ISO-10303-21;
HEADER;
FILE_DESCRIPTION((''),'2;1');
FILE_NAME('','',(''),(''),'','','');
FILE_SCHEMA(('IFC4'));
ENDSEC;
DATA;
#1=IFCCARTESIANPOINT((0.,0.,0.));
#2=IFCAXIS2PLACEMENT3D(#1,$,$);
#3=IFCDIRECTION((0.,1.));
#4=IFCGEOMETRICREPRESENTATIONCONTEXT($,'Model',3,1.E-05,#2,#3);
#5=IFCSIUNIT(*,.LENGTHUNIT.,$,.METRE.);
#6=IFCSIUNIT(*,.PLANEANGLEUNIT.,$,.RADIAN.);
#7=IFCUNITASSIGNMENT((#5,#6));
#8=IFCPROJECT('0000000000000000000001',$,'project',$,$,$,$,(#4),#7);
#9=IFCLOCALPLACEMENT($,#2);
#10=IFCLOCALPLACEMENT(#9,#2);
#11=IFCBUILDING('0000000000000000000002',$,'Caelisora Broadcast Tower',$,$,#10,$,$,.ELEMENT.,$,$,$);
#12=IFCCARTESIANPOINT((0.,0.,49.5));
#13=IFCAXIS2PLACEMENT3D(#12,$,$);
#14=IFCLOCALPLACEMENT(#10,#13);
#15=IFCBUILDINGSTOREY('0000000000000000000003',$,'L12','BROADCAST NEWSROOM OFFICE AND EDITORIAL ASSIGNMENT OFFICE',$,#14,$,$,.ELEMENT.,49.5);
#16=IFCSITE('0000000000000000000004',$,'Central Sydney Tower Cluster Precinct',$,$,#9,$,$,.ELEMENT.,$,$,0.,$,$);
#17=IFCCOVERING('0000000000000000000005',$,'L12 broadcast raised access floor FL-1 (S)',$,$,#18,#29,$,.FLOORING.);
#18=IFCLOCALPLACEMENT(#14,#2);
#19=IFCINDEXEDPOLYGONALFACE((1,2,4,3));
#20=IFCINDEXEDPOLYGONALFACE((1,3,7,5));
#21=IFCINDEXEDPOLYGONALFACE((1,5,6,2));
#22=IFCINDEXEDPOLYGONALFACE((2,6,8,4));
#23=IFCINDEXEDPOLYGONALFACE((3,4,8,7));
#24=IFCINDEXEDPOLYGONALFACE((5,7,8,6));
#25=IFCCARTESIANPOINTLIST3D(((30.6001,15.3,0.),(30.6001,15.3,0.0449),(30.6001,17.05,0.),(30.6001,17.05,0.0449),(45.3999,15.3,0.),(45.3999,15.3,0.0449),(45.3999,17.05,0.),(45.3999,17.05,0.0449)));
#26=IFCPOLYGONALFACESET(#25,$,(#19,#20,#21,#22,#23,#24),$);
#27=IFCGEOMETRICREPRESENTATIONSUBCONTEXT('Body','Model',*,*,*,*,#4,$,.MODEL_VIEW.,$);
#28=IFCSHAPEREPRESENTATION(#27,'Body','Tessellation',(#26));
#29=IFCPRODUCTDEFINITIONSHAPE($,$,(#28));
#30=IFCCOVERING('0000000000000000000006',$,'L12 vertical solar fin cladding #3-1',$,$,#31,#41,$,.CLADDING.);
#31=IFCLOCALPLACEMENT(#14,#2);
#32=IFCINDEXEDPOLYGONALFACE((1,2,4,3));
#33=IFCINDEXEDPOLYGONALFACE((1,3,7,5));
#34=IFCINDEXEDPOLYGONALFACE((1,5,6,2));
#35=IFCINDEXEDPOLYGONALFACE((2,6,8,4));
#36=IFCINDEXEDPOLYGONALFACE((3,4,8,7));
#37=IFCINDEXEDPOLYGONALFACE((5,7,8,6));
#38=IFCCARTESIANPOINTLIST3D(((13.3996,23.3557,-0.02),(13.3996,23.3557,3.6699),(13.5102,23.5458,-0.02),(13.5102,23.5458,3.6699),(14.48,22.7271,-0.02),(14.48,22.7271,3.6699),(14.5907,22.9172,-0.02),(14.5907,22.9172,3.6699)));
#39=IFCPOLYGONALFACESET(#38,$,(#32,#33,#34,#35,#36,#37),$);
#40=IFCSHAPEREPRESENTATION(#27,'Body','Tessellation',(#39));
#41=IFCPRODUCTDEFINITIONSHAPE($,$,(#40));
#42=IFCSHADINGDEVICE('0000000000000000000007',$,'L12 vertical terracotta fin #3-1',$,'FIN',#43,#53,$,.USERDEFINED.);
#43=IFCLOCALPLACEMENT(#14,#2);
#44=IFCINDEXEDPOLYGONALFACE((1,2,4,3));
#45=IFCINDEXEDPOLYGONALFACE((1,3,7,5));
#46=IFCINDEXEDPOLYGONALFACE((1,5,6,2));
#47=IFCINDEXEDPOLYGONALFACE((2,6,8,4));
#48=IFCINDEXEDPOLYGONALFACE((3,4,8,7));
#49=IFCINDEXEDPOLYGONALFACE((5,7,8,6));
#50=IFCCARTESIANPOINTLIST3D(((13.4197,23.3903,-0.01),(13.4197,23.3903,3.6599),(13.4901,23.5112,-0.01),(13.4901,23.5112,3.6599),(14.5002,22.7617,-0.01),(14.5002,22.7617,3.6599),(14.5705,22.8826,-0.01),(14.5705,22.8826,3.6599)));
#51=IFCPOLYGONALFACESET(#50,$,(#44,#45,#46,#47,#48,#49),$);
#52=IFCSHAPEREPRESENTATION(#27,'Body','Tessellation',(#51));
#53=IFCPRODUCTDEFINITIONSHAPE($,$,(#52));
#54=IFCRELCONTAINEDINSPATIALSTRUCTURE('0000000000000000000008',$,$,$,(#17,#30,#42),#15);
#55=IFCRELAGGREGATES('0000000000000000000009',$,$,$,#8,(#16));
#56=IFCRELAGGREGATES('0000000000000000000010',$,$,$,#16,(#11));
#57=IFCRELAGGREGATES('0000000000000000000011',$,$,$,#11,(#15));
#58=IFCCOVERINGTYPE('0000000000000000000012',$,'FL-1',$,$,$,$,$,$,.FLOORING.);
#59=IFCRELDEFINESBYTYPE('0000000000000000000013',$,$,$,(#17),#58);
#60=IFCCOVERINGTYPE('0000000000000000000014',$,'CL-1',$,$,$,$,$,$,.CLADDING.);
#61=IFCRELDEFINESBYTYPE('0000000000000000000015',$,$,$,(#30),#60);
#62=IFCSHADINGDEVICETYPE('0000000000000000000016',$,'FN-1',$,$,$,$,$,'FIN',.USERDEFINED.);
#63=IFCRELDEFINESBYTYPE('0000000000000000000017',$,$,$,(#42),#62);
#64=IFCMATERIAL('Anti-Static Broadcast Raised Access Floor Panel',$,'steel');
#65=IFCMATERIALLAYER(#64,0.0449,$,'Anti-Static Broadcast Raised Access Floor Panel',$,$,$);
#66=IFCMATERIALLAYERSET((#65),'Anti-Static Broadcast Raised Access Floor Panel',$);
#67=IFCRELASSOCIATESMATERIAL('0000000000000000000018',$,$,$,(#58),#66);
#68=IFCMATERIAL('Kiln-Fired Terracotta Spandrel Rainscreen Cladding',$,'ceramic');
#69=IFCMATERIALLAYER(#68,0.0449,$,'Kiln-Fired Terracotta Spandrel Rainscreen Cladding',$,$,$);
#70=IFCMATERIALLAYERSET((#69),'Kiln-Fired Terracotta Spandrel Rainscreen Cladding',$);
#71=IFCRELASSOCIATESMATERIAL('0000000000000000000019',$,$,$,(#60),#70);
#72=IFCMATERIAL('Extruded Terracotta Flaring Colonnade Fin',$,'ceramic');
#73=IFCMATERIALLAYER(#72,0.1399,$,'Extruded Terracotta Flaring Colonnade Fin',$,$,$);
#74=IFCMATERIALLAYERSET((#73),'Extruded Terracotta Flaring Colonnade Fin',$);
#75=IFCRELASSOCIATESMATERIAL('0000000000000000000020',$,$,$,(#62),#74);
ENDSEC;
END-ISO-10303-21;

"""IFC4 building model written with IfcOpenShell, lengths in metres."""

from ifc_helpers import new_model, si_unit, direction, frame, origin, origin_2d, place, context, subcontext, project, spatial, polyline, rectangle, outline, extrude, source, transform, mapped, material, layer, layer_set, type_object, type_shapes, element, save


model = new_model("IFC4")

# Units and contexts
model_context = context("Model", 3, precision=1e-05, world=origin(), true_north=direction((0.0, 1.0)))
body_context = subcontext(model_context, "Body", "Model", "MODEL_VIEW")
ifc_project = project(units=[si_unit("LENGTHUNIT", "METRE"), si_unit("PLANEANGLEUNIT", "RADIAN")], contexts=[model_context])

# Site, building, storey
site_placement = place(None, origin())
site = spatial("IfcSite", under=ifc_project, at=site_placement, Name="Central Sydney Tower Cluster Precinct", CompositionType="ELEMENT", RefElevation=0.0)
building_placement = place(site_placement, origin())
building = spatial("IfcBuilding", under=site, at=building_placement, Name="Caelisora Broadcast Tower", CompositionType="ELEMENT")
storey_placement = place(building_placement, frame((0.0, 0.0, 49.5)))
storey = spatial("IfcBuildingStorey", under=building, at=storey_placement, Name="L12", Description="BROADCAST NEWSROOM OFFICE AND EDITORIAL ASSIGNMENT OFFICE", CompositionType="ELEMENT", Elevation=49.5)

# Coverings
ifc_material_1 = material(Name="Anti-Static Broadcast Raised Access Floor Panel", Category="steel")
ifc_layer_1 = layer(ifc_material_1, 0.0449, Name="Anti-Static Broadcast Raised Access Floor Panel")
ifc_layer_set_1 = layer_set([ifc_layer_1], Name="Anti-Static Broadcast Raised Access Floor Panel")
covering_type_1 = type_object("IfcCoveringType", Name="FL-1", PredefinedType="FLOORING", material=ifc_layer_set_1)
covering_1_placement = place(storey_placement, origin())
element("IfcCovering", 1, at=covering_1_placement, inside=storey, type_object=covering_type_1, Name="L12 broadcast raised access floor FL-1 (S)", PredefinedType="FLOORING", context=body_context, shape_type="SweptSolid", body=[
    extrude(outline(polyline([(30.6001, 15.3), (45.3999, 15.3), (45.3999, 17.05), (30.6001, 17.05), (30.6001, 15.3)])), origin(), (0.0, 0.0, 1.0), 0.0449),
])
ifc_material_2 = material(Name="Kiln-Fired Terracotta Spandrel Rainscreen Cladding", Category="ceramic")
ifc_layer_2 = layer(ifc_material_2, 0.0449, Name="Kiln-Fired Terracotta Spandrel Rainscreen Cladding")
ifc_layer_set_2 = layer_set([ifc_layer_2], Name="Kiln-Fired Terracotta Spandrel Rainscreen Cladding")
covering_type_2 = type_object("IfcCoveringType", Name="CL-1", PredefinedType="CLADDING", material=ifc_layer_set_2)
shared_shape_1 = source(origin(), body_context, "Body", "SweptSolid", [
    extrude(rectangle(XDim=0.22, YDim=1.25, at=origin_2d()), origin(), (0.0, 0.0, 1.0), 3.6899),
])
type_shapes(covering_type_2, [shared_shape_1])
covering_2_placement = place(storey_placement, frame((13.9951, 23.1365, -0.02), z_axis=(0.0, 0.0, 1.0), x_axis=(0.502869, 0.864363, 0.0)))
element("IfcCovering", 2, at=covering_2_placement, inside=storey, type_object=covering_type_2, Name="L12 vertical solar fin cladding #3-1", PredefinedType="CLADDING", context=body_context, shape_type="MappedRepresentation", body=[
    mapped(shared_shape_1, transform((0.0, 0.0, 0.0), scale=1.0)),
])

# Shading device
ifc_material_3 = material(Name="Extruded Terracotta Flaring Colonnade Fin", Category="ceramic")
ifc_layer_3 = layer(ifc_material_3, 0.1399, Name="Extruded Terracotta Flaring Colonnade Fin")
ifc_layer_set_3 = layer_set([ifc_layer_3], Name="Extruded Terracotta Flaring Colonnade Fin")
shading_device_type = type_object("IfcShadingDeviceType", Name="FN-1", ElementType="FIN", PredefinedType="USERDEFINED", material=ifc_layer_set_3)
shared_shape_2 = source(origin(), body_context, "Body", "SweptSolid", [
    extrude(rectangle(XDim=0.1399, YDim=1.25, at=origin_2d()), origin(), (0.0, 0.0, 1.0), 3.6699),
])
type_shapes(shading_device_type, [shared_shape_2])
shading_device_placement = place(storey_placement, frame((13.9951, 23.1365, -0.01), z_axis=(0.0, 0.0, 1.0), x_axis=(0.502869, 0.864363, 0.0)))
element("IfcShadingDevice", 3, at=shading_device_placement, inside=storey, type_object=shading_device_type, Name="L12 vertical terracotta fin #3-1", ObjectType="FIN", PredefinedType="USERDEFINED", context=body_context, shape_type="MappedRepresentation", body=[
    mapped(shared_shape_2, transform((0.0, 0.0, 0.0), scale=1.0)),
])

save(model, "model.ifc")
